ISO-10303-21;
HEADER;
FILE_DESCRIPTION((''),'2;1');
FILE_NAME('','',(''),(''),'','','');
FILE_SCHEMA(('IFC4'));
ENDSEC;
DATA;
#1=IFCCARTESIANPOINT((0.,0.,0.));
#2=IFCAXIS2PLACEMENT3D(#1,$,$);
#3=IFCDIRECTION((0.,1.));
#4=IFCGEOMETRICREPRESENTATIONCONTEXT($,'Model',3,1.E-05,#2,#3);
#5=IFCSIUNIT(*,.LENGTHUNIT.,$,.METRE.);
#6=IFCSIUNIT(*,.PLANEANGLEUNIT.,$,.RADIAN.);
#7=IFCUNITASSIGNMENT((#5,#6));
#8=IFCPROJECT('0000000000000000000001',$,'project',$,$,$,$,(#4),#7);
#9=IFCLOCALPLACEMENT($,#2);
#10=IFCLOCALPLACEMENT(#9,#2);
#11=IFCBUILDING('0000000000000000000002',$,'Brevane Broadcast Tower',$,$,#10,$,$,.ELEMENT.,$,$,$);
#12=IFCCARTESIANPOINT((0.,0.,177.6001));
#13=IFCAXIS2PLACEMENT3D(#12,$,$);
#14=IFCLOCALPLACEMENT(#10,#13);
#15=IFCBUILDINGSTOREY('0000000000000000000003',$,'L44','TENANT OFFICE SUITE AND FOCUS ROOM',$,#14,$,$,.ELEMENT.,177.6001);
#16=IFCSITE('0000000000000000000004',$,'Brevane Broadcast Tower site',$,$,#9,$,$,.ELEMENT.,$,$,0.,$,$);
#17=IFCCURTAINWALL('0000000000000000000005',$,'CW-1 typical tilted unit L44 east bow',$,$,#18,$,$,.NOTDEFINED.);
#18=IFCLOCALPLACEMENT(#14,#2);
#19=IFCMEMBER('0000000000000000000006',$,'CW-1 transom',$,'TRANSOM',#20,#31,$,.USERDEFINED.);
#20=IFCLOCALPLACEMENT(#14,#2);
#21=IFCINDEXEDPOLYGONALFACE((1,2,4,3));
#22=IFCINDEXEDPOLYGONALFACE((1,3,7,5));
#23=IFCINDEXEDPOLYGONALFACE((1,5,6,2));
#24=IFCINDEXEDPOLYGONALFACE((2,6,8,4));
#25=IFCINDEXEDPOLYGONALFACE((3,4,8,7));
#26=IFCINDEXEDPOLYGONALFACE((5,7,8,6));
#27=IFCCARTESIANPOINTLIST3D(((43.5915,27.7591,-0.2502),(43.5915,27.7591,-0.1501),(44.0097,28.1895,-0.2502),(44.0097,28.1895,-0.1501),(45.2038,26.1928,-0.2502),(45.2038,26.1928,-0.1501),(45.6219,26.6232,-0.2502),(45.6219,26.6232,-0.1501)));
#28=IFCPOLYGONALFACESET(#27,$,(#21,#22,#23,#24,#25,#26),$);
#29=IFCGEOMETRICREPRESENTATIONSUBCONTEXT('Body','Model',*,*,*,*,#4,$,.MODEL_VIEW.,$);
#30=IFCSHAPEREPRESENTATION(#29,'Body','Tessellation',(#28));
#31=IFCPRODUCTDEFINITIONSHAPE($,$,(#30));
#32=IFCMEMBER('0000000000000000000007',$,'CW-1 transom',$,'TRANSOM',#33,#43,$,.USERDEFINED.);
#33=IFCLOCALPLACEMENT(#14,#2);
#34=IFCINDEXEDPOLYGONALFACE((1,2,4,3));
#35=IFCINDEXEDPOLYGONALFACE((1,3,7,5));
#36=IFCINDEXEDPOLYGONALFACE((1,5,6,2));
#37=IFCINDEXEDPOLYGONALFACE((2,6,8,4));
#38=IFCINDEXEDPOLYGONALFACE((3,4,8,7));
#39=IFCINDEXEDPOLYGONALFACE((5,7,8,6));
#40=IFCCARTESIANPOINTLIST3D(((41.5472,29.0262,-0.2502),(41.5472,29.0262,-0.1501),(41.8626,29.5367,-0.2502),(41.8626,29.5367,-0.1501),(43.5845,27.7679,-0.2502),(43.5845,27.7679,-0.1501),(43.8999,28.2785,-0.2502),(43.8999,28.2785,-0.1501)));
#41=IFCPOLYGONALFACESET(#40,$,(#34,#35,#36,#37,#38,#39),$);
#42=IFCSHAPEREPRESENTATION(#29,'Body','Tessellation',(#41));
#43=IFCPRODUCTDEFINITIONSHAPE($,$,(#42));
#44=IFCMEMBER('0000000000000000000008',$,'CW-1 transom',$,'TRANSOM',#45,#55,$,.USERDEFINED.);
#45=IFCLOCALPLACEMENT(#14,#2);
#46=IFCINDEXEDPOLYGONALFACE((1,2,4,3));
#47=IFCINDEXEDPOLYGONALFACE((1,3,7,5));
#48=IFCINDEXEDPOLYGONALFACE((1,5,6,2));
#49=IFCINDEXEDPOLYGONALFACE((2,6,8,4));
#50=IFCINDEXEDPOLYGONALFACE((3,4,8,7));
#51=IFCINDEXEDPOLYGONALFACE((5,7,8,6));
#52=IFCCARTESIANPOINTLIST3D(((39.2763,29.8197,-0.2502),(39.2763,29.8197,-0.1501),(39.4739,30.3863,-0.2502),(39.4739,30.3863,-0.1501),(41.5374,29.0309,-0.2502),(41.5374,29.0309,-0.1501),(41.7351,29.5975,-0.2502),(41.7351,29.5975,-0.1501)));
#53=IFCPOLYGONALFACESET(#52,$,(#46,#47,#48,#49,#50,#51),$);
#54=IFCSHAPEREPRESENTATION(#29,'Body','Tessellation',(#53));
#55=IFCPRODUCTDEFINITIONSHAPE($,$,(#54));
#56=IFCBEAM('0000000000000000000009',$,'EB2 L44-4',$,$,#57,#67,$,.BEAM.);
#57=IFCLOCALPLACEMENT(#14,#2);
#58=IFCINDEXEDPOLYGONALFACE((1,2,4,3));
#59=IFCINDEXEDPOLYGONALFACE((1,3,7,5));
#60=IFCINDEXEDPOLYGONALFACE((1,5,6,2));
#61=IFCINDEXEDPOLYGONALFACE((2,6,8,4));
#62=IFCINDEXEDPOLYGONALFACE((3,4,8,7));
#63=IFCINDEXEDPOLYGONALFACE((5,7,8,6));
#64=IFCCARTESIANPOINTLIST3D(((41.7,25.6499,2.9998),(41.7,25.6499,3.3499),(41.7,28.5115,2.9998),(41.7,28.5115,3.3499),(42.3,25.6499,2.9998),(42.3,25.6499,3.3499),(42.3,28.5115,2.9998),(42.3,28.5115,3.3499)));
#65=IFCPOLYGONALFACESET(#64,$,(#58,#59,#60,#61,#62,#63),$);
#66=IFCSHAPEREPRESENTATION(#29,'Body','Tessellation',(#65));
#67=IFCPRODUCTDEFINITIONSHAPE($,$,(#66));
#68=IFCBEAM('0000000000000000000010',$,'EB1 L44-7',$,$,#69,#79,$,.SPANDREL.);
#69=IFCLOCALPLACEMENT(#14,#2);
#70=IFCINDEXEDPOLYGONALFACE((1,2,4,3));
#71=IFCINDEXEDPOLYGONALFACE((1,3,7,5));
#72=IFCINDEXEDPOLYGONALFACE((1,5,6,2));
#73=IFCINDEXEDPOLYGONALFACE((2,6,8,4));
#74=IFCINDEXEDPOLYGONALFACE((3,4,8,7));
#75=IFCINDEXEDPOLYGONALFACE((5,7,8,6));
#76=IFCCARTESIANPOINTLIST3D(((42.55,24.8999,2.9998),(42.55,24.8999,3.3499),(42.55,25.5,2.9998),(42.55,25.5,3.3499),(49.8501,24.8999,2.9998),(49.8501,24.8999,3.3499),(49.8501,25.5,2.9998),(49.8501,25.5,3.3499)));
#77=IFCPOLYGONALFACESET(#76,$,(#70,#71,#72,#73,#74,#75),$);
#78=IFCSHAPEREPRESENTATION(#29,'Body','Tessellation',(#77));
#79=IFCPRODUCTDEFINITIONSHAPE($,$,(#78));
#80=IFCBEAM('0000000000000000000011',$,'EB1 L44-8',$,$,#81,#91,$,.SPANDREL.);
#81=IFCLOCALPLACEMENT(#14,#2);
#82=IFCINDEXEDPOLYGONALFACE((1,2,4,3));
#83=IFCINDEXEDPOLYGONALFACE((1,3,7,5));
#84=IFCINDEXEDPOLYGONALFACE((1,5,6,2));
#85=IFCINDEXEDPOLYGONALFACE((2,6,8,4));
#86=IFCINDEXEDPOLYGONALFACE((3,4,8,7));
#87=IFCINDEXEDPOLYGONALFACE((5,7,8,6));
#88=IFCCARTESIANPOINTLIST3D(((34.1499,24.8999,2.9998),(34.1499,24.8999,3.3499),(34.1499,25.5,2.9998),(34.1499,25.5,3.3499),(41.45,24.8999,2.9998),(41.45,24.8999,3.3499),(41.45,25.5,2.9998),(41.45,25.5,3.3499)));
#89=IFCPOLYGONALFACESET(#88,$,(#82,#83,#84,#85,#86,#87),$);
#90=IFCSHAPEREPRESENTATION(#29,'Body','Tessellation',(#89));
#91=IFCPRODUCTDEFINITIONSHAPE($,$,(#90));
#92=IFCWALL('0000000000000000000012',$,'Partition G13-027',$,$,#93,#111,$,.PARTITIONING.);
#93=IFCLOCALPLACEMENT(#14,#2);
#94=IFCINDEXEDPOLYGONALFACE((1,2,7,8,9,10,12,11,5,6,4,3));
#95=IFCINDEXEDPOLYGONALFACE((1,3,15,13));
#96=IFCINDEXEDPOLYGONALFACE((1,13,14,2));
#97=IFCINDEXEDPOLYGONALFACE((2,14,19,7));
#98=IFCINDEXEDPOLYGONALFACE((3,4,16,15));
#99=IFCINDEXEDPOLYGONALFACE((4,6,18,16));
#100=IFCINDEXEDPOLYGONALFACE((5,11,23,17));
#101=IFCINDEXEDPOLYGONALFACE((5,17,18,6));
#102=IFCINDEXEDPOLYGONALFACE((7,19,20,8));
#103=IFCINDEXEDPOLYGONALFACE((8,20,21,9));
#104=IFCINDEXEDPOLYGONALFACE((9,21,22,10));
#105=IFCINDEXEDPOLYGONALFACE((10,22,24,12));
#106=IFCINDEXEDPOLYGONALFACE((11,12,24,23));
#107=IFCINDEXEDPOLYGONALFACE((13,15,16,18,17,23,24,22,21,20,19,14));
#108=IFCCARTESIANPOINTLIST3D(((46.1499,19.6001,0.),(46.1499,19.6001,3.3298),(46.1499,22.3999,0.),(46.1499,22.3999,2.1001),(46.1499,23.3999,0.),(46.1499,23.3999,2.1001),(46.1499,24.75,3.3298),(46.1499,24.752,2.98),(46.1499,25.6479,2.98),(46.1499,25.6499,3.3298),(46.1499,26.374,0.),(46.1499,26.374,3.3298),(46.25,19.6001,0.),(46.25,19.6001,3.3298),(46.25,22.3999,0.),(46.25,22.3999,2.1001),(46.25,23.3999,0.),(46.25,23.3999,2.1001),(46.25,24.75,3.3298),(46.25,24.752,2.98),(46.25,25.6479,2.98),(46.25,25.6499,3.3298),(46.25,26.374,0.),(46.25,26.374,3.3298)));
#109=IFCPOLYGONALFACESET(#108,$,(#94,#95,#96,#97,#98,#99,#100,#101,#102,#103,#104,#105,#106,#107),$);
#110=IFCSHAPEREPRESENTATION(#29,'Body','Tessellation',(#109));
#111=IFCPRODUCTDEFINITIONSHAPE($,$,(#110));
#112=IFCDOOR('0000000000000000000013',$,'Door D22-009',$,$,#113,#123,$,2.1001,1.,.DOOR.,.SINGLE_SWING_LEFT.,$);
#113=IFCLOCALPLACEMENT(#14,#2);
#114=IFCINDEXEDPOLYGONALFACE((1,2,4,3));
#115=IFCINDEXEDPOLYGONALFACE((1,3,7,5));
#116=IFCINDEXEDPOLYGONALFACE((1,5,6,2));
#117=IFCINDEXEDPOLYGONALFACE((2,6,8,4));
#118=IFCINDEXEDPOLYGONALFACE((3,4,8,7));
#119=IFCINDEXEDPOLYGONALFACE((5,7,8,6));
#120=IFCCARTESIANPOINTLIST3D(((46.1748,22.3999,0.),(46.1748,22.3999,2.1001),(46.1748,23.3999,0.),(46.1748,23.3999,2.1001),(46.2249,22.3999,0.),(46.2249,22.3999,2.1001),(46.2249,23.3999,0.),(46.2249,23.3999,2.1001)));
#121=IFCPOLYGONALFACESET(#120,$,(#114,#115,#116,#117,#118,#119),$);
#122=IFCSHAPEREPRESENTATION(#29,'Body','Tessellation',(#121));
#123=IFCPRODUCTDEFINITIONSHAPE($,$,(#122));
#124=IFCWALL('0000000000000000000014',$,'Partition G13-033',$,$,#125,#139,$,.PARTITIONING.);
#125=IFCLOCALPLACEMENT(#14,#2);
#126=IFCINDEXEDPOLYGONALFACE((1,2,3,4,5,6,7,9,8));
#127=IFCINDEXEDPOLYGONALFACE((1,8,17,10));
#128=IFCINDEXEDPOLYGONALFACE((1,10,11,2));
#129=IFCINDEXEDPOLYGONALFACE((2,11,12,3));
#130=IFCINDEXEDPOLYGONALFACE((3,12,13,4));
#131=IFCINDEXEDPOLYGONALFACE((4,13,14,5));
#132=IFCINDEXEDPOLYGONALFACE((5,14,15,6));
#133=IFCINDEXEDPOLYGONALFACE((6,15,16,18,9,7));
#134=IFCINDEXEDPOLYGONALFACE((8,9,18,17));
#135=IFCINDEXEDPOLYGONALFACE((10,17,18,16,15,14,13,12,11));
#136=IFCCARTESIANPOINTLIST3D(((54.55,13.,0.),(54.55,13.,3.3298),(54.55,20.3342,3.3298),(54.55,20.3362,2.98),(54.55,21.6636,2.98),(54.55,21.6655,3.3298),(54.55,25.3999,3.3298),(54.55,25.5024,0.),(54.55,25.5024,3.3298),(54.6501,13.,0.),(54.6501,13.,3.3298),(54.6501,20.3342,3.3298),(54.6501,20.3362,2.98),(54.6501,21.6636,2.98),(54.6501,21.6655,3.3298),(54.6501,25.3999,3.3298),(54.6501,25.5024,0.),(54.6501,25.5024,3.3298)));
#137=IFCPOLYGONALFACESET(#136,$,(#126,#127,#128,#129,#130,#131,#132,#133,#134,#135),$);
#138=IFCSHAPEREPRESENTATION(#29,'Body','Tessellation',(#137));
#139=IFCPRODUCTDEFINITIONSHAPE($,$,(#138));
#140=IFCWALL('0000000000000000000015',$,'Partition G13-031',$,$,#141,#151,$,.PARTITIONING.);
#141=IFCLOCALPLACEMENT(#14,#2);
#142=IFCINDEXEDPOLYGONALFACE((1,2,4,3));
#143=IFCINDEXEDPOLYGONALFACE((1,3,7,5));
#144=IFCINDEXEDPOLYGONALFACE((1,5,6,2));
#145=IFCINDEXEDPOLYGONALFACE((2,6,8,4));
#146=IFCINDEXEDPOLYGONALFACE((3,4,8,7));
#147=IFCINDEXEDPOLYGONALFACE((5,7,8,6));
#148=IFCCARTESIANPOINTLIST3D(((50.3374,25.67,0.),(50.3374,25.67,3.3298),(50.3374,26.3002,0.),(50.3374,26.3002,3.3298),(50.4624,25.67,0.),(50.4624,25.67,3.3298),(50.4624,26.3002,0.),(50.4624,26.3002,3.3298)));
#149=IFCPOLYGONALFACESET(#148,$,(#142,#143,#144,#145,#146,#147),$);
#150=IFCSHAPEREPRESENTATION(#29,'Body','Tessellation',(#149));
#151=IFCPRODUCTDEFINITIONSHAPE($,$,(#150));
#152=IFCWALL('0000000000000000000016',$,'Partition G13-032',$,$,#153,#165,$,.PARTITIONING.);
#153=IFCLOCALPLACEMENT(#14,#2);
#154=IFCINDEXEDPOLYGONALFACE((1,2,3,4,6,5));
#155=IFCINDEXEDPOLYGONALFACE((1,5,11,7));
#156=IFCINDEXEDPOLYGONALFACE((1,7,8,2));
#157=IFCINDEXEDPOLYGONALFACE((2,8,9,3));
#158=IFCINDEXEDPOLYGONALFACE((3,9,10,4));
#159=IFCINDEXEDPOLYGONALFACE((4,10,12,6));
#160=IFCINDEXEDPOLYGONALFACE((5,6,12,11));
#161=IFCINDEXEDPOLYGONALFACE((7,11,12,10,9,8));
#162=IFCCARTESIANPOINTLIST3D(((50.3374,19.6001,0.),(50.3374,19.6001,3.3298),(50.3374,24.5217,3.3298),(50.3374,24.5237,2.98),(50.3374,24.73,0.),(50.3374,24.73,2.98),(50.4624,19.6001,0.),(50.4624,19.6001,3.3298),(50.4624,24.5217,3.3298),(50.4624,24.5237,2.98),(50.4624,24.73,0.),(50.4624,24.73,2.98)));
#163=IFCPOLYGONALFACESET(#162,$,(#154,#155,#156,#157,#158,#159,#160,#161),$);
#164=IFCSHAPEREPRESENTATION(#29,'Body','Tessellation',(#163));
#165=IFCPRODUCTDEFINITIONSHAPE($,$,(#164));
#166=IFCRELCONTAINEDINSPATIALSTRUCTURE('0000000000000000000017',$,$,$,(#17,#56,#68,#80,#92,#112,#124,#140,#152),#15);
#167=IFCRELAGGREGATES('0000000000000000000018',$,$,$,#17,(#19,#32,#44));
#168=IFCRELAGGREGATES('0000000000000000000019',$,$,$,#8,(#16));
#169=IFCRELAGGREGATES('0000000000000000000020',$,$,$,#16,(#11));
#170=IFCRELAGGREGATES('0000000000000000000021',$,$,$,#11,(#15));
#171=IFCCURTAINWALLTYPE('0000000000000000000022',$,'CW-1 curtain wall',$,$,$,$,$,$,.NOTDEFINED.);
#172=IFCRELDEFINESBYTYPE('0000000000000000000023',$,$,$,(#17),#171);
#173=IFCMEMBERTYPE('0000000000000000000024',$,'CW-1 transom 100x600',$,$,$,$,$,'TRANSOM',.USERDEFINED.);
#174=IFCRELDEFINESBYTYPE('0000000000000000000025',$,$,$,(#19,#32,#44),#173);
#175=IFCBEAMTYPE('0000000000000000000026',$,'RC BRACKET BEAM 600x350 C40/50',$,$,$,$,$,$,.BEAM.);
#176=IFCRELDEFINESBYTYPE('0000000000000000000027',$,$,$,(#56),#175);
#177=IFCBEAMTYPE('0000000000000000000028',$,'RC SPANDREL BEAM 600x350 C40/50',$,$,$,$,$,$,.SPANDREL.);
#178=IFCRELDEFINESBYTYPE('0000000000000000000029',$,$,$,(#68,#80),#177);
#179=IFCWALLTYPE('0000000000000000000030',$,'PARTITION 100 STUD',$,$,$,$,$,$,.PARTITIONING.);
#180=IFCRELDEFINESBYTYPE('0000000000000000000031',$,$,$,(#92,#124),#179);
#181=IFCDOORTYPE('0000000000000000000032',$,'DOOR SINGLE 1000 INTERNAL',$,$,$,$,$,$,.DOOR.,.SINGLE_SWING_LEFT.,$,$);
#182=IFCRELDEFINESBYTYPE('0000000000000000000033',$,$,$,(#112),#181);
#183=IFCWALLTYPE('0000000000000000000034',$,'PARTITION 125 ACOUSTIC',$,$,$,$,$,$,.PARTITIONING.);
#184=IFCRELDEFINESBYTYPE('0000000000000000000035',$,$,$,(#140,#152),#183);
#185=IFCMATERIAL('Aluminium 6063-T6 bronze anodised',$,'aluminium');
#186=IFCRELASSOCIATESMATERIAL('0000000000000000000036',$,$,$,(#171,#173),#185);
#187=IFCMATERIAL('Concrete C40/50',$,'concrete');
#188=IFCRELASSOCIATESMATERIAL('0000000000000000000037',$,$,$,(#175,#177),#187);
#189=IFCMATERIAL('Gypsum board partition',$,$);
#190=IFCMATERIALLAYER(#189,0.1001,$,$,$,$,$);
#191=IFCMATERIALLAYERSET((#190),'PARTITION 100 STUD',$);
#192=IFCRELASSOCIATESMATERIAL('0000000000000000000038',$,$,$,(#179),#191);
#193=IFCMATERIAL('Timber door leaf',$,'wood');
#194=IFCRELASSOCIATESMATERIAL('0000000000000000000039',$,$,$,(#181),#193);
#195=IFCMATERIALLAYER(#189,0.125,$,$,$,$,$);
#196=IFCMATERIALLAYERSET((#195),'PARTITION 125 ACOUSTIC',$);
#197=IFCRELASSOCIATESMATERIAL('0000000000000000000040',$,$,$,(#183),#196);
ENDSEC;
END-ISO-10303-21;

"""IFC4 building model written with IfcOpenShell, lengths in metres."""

from ifc_helpers import new_model, si_unit, direction, frame, frame_2d, origin, origin_2d, place, context, subcontext, project, spatial, polyline, rectangle, outline, extrude, material, layer, layer_set, material_profile, profile_set, type_object, element, fill, aggregate, save


model = new_model("IFC4")

# Units and contexts
model_context = context("Model", 3, precision=1e-05, world=origin(), true_north=direction((0.0, 1.0)))
body_context = subcontext(model_context, "Body", "Model", "MODEL_VIEW")
ifc_project = project(units=[si_unit("LENGTHUNIT", "METRE"), si_unit("PLANEANGLEUNIT", "RADIAN")], contexts=[model_context])

# Site, building, storey
site_placement = place(None, origin())
site = spatial("IfcSite", under=ifc_project, at=site_placement, Name="Brevane Broadcast Tower site", CompositionType="ELEMENT", RefElevation=0.0)
building_placement = place(site_placement, origin())
building = spatial("IfcBuilding", under=site, at=building_placement, Name="Brevane Broadcast Tower", CompositionType="ELEMENT")
storey_placement = place(building_placement, frame((0.0, 0.0, 177.6001)))
storey = spatial("IfcBuildingStorey", under=building, at=storey_placement, Name="L44", Description="TENANT OFFICE SUITE AND FOCUS ROOM", CompositionType="ELEMENT", Elevation=177.6001)

# Shared definitions
ifc_material_1 = material(Name="Aluminium 6063-T6 bronze anodised", Category="aluminium")
curtain_wall_type = type_object("IfcCurtainWallType", Name="CW-1 curtain wall", PredefinedType="NOTDEFINED", material=ifc_material_1)

# Curtain wall
curtain_wall_1_placement = place(storey_placement, origin())
curtain_wall_1 = element("IfcCurtainWall", 1, at=curtain_wall_1_placement, inside=storey, type_object=curtain_wall_type, Name="CW-1 typical tilted unit L44 east bow", PredefinedType="NOTDEFINED")

# Members
ifc_material_profile_1 = material_profile(ifc_material_1, rectangle(XDim=0.6001, YDim=0.1001, at=origin_2d()), Name="RECT 100x600")
ifc_profile_set_1 = profile_set([ifc_material_profile_1], Name="Aluminium 6063-T6 bronze anodised")
member_type_1 = type_object("IfcMemberType", Name="CW-1 transom 100x600", ElementType="TRANSOM", PredefinedType="USERDEFINED", material=ifc_profile_set_1)
member_1_placement = place(storey_placement, frame((45.4128, 26.408, -0.2002), z_axis=(-0.717242, 0.696824, 0.0), x_axis=(-0.696824, -0.717242, 0.0)))
member_1 = element("IfcMember", 2, at=member_1_placement, type_object=member_type_1, Name="CW-1 transom", ObjectType="TRANSOM", PredefinedType="USERDEFINED", context=body_context, shape_type="SweptSolid", body=[
    extrude(rectangle(XDim=0.6001, YDim=0.1001, at=origin_2d()), origin(), (0.0, 0.0, 1.0), 2.2478),
])
member_2_placement = place(storey_placement, frame((43.7422, 28.0232, -0.2002), z_axis=(-0.85081, 0.525473, 0.0), x_axis=(-0.525473, -0.85081, 0.0)))
member_2 = element("IfcMember", 3, at=member_2_placement, type_object=member_type_1, Name="CW-1 transom", ObjectType="TRANSOM", PredefinedType="USERDEFINED", context=body_context, shape_type="SweptSolid", body=[
    extrude(rectangle(XDim=0.6001, YDim=0.1001, at=origin_2d()), origin(), (0.0, 0.0, 1.0), 2.3945),
])
member_3_placement = place(storey_placement, frame((41.6362, 29.3142, -0.2002), z_axis=(-0.944198, 0.329378, 0.0), x_axis=(-0.329378, -0.944198, 0.0)))
member_3 = element("IfcMember", 4, at=member_3_placement, type_object=member_type_1, Name="CW-1 transom", ObjectType="TRANSOM", PredefinedType="USERDEFINED", context=body_context, shape_type="SweptSolid", body=[
    extrude(rectangle(XDim=0.6001, YDim=0.1001, at=origin_2d()), origin(), (0.0, 0.0, 1.0), 2.3948),
])
aggregate(curtain_wall_1, [member_1, member_2, member_3])

# Beams
ifc_material_2 = material(Name="Concrete C40/50", Category="concrete")
ifc_material_profile_2 = material_profile(ifc_material_2, rectangle(XDim=0.6001, YDim=0.3501, at=origin_2d()), Name="RC 600x350")
ifc_profile_set_2 = profile_set([ifc_material_profile_2], Name="Concrete C40/50")
beam_type_1 = type_object("IfcBeamType", Name="RC BRACKET BEAM 600x350 C40/50", PredefinedType="BEAM", material=ifc_profile_set_2)
beam_placement = place(storey_placement, frame((42.0, 25.6499, 3.1748), z_axis=(0.0, 1.0, 0.0), x_axis=(-1.0, 0.0, 0.0)))
element("IfcBeam", 5, at=beam_placement, inside=storey, type_object=beam_type_1, Name="EB2 L44-4", PredefinedType="BEAM", context=body_context, shape_type="SweptSolid", body=[
    extrude(rectangle(XDim=0.6001, YDim=0.3501, at=origin_2d()), origin(), (0.0, 0.0, 1.0), 2.8616),
])
ifc_material_profile_3 = material_profile(ifc_material_2, rectangle(XDim=0.6001, YDim=0.3501, at=origin_2d()), Name="RC 600x350")
ifc_profile_set_3 = profile_set([ifc_material_profile_3], Name="Concrete C40/50")
beam_type_2 = type_object("IfcBeamType", Name="RC SPANDREL BEAM 600x350 C40/50", PredefinedType="SPANDREL", material=ifc_profile_set_3)
for number, where, z_axis, x_axis, name in (
    (6, (49.8501, 25.2, 3.1748), (-1.0, 0.0, 0.0), (0.0, -1.0, 0.0), "EB1 L44-7"),
    (7, (41.45, 25.2, 3.1748), (-1.0, 0.0, 0.0), (0.0, -1.0, 0.0), "EB1 L44-8"),
):
    element("IfcBeam", number, at=place(storey_placement, frame(where, z_axis=z_axis, x_axis=x_axis)), inside=storey, type_object=beam_type_2, Name=name, PredefinedType="SPANDREL", context=body_context, shape_type="SweptSolid", body=[
        extrude(rectangle(XDim=0.6001, YDim=0.3501, at=origin_2d()), origin(), (0.0, 0.0, 1.0), 7.3),
    ])

# Wall, opening, door
ifc_material_3 = material(Name="Gypsum board partition")
ifc_layer_1 = layer(ifc_material_3, 0.1001)
ifc_layer_set_1 = layer_set([ifc_layer_1], Name="PARTITION 100 STUD")
wall_type_1 = type_object("IfcWallType", Name="PARTITION 100 STUD", PredefinedType="PARTITIONING", material=ifc_layer_set_1)
wall_1_placement = place(storey_placement, frame((46.2, 26.374, 0.0), z_axis=(0.0, 0.0, 1.0), x_axis=(0.0, -1.0, 0.0)))
wall_1 = element("IfcWall", 8, at=wall_1_placement, inside=storey, type_object=wall_type_1, Name="Partition G13-027", PredefinedType="PARTITIONING", context=body_context, shape_type="SweptSolid", body=[
    extrude(outline(polyline([(0.0, 0.0), (6.7739, 0.0), (6.7739, 3.3298), (1.624, 3.3298), (1.6221, 2.98), (0.7261, 2.98), (0.7241, 3.3298), (0.074, 3.3298), (0.0, 3.3298), (0.0, 0.0)])), frame((0.0, 0.05, 0.0), z_axis=(0.0, -1.0, 0.0), x_axis=(1.0, 0.0, 0.0)), (0.0, 0.0, 1.0), 0.1001),
])
opening_placement = place(wall_1_placement, frame((2.9741, 0.0, 0.0)))
opening = element("IfcOpeningElement", 9, at=opening_placement, cuts=wall_1, PredefinedType="OPENING", context=body_context, shape_type="SweptSolid", body=[
    extrude(rectangle(XDim=1.0, YDim=2.1001, at=frame_2d((0.5, 1.05))), frame((0.0, 0.0601, 0.0), z_axis=(0.0, -1.0, 0.0), x_axis=(1.0, 0.0, 0.0)), (0.0, 0.0, 1.0), 0.1201),
])
ifc_material_4 = material(Name="Timber door leaf", Category="wood")
door_type = type_object("IfcDoorType", Name="DOOR SINGLE 1000 INTERNAL", OperationType="SINGLE_SWING_LEFT", PredefinedType="DOOR", material=ifc_material_4)
door_placement = place(opening_placement, origin())
door = element("IfcDoor", 10, at=door_placement, inside=storey, type_object=door_type, Name="Door D22-009", OperationType="SINGLE_SWING_LEFT", OverallHeight=2.1001, OverallWidth=1.0, PredefinedType="DOOR", context=body_context, shape_type="SweptSolid", body=[
    extrude(rectangle(XDim=1.0, YDim=2.1001, at=frame_2d((0.5, 1.05))), frame((0.0, 0.0249, 0.0), z_axis=(0.0, -1.0, 0.0), x_axis=(1.0, 0.0, 0.0)), (0.0, 0.0, 1.0), 0.05),
])
fill(opening, door)

# Walls
wall_2_placement = place(storey_placement, frame((54.6001, 25.5024, 0.0), z_axis=(0.0, 0.0, 1.0), x_axis=(0.0, -1.0, 0.0)))
element("IfcWall", 11, at=wall_2_placement, inside=storey, type_object=wall_type_1, Name="Partition G13-033", PredefinedType="PARTITIONING", context=body_context, shape_type="SweptSolid", body=[
    extrude(outline(polyline([(0.0, 0.0), (12.5024, 0.0), (12.5024, 3.3298), (5.1682, 3.3298), (5.1663, 2.98), (3.8389, 2.98), (3.8369, 3.3298), (0.1025, 3.3298), (0.0, 3.3298), (0.0, 0.0)])), frame((0.0, 0.05, 0.0), z_axis=(0.0, -1.0, 0.0), x_axis=(1.0, 0.0, 0.0)), (0.0, 0.0, 1.0), 0.1001),
])
ifc_layer_2 = layer(ifc_material_3, 0.125)
ifc_layer_set_2 = layer_set([ifc_layer_2], Name="PARTITION 125 ACOUSTIC")
wall_type_2 = type_object("IfcWallType", Name="PARTITION 125 ACOUSTIC", PredefinedType="PARTITIONING", material=ifc_layer_set_2)
wall_3_placement = place(storey_placement, frame((50.3999, 26.3, 0.0), z_axis=(0.0, 0.0, 1.0), x_axis=(0.0, -1.0, 0.0)))
element("IfcWall", 12, at=wall_3_placement, inside=storey, type_object=wall_type_2, Name="Partition G13-031", PredefinedType="PARTITIONING", context=body_context, shape_type="SweptSolid", body=[
    extrude(rectangle(XDim=0.6301, YDim=0.125, at=frame_2d((0.3149, 0.0))), origin(), (0.0, 0.0, 1.0), 3.3298),
])
wall_4_placement = place(storey_placement, frame((50.3999, 24.73, 0.0), z_axis=(0.0, 0.0, 1.0), x_axis=(0.0, -1.0, 0.0)))
element("IfcWall", 13, at=wall_4_placement, inside=storey, type_object=wall_type_2, Name="Partition G13-032", PredefinedType="PARTITIONING", context=body_context, shape_type="SweptSolid", body=[
    extrude(outline(polyline([(0.0, 0.0), (5.1299, 0.0), (5.1299, 3.3298), (0.2083, 3.3298), (0.2063, 2.98), (0.0, 2.98), (0.0, 0.0)])), frame((0.0, 0.0625, 0.0), z_axis=(0.0, -1.0, 0.0), x_axis=(1.0, 0.0, 0.0)), (0.0, 0.0, 1.0), 0.125),
])

save(model, "model.ifc")
